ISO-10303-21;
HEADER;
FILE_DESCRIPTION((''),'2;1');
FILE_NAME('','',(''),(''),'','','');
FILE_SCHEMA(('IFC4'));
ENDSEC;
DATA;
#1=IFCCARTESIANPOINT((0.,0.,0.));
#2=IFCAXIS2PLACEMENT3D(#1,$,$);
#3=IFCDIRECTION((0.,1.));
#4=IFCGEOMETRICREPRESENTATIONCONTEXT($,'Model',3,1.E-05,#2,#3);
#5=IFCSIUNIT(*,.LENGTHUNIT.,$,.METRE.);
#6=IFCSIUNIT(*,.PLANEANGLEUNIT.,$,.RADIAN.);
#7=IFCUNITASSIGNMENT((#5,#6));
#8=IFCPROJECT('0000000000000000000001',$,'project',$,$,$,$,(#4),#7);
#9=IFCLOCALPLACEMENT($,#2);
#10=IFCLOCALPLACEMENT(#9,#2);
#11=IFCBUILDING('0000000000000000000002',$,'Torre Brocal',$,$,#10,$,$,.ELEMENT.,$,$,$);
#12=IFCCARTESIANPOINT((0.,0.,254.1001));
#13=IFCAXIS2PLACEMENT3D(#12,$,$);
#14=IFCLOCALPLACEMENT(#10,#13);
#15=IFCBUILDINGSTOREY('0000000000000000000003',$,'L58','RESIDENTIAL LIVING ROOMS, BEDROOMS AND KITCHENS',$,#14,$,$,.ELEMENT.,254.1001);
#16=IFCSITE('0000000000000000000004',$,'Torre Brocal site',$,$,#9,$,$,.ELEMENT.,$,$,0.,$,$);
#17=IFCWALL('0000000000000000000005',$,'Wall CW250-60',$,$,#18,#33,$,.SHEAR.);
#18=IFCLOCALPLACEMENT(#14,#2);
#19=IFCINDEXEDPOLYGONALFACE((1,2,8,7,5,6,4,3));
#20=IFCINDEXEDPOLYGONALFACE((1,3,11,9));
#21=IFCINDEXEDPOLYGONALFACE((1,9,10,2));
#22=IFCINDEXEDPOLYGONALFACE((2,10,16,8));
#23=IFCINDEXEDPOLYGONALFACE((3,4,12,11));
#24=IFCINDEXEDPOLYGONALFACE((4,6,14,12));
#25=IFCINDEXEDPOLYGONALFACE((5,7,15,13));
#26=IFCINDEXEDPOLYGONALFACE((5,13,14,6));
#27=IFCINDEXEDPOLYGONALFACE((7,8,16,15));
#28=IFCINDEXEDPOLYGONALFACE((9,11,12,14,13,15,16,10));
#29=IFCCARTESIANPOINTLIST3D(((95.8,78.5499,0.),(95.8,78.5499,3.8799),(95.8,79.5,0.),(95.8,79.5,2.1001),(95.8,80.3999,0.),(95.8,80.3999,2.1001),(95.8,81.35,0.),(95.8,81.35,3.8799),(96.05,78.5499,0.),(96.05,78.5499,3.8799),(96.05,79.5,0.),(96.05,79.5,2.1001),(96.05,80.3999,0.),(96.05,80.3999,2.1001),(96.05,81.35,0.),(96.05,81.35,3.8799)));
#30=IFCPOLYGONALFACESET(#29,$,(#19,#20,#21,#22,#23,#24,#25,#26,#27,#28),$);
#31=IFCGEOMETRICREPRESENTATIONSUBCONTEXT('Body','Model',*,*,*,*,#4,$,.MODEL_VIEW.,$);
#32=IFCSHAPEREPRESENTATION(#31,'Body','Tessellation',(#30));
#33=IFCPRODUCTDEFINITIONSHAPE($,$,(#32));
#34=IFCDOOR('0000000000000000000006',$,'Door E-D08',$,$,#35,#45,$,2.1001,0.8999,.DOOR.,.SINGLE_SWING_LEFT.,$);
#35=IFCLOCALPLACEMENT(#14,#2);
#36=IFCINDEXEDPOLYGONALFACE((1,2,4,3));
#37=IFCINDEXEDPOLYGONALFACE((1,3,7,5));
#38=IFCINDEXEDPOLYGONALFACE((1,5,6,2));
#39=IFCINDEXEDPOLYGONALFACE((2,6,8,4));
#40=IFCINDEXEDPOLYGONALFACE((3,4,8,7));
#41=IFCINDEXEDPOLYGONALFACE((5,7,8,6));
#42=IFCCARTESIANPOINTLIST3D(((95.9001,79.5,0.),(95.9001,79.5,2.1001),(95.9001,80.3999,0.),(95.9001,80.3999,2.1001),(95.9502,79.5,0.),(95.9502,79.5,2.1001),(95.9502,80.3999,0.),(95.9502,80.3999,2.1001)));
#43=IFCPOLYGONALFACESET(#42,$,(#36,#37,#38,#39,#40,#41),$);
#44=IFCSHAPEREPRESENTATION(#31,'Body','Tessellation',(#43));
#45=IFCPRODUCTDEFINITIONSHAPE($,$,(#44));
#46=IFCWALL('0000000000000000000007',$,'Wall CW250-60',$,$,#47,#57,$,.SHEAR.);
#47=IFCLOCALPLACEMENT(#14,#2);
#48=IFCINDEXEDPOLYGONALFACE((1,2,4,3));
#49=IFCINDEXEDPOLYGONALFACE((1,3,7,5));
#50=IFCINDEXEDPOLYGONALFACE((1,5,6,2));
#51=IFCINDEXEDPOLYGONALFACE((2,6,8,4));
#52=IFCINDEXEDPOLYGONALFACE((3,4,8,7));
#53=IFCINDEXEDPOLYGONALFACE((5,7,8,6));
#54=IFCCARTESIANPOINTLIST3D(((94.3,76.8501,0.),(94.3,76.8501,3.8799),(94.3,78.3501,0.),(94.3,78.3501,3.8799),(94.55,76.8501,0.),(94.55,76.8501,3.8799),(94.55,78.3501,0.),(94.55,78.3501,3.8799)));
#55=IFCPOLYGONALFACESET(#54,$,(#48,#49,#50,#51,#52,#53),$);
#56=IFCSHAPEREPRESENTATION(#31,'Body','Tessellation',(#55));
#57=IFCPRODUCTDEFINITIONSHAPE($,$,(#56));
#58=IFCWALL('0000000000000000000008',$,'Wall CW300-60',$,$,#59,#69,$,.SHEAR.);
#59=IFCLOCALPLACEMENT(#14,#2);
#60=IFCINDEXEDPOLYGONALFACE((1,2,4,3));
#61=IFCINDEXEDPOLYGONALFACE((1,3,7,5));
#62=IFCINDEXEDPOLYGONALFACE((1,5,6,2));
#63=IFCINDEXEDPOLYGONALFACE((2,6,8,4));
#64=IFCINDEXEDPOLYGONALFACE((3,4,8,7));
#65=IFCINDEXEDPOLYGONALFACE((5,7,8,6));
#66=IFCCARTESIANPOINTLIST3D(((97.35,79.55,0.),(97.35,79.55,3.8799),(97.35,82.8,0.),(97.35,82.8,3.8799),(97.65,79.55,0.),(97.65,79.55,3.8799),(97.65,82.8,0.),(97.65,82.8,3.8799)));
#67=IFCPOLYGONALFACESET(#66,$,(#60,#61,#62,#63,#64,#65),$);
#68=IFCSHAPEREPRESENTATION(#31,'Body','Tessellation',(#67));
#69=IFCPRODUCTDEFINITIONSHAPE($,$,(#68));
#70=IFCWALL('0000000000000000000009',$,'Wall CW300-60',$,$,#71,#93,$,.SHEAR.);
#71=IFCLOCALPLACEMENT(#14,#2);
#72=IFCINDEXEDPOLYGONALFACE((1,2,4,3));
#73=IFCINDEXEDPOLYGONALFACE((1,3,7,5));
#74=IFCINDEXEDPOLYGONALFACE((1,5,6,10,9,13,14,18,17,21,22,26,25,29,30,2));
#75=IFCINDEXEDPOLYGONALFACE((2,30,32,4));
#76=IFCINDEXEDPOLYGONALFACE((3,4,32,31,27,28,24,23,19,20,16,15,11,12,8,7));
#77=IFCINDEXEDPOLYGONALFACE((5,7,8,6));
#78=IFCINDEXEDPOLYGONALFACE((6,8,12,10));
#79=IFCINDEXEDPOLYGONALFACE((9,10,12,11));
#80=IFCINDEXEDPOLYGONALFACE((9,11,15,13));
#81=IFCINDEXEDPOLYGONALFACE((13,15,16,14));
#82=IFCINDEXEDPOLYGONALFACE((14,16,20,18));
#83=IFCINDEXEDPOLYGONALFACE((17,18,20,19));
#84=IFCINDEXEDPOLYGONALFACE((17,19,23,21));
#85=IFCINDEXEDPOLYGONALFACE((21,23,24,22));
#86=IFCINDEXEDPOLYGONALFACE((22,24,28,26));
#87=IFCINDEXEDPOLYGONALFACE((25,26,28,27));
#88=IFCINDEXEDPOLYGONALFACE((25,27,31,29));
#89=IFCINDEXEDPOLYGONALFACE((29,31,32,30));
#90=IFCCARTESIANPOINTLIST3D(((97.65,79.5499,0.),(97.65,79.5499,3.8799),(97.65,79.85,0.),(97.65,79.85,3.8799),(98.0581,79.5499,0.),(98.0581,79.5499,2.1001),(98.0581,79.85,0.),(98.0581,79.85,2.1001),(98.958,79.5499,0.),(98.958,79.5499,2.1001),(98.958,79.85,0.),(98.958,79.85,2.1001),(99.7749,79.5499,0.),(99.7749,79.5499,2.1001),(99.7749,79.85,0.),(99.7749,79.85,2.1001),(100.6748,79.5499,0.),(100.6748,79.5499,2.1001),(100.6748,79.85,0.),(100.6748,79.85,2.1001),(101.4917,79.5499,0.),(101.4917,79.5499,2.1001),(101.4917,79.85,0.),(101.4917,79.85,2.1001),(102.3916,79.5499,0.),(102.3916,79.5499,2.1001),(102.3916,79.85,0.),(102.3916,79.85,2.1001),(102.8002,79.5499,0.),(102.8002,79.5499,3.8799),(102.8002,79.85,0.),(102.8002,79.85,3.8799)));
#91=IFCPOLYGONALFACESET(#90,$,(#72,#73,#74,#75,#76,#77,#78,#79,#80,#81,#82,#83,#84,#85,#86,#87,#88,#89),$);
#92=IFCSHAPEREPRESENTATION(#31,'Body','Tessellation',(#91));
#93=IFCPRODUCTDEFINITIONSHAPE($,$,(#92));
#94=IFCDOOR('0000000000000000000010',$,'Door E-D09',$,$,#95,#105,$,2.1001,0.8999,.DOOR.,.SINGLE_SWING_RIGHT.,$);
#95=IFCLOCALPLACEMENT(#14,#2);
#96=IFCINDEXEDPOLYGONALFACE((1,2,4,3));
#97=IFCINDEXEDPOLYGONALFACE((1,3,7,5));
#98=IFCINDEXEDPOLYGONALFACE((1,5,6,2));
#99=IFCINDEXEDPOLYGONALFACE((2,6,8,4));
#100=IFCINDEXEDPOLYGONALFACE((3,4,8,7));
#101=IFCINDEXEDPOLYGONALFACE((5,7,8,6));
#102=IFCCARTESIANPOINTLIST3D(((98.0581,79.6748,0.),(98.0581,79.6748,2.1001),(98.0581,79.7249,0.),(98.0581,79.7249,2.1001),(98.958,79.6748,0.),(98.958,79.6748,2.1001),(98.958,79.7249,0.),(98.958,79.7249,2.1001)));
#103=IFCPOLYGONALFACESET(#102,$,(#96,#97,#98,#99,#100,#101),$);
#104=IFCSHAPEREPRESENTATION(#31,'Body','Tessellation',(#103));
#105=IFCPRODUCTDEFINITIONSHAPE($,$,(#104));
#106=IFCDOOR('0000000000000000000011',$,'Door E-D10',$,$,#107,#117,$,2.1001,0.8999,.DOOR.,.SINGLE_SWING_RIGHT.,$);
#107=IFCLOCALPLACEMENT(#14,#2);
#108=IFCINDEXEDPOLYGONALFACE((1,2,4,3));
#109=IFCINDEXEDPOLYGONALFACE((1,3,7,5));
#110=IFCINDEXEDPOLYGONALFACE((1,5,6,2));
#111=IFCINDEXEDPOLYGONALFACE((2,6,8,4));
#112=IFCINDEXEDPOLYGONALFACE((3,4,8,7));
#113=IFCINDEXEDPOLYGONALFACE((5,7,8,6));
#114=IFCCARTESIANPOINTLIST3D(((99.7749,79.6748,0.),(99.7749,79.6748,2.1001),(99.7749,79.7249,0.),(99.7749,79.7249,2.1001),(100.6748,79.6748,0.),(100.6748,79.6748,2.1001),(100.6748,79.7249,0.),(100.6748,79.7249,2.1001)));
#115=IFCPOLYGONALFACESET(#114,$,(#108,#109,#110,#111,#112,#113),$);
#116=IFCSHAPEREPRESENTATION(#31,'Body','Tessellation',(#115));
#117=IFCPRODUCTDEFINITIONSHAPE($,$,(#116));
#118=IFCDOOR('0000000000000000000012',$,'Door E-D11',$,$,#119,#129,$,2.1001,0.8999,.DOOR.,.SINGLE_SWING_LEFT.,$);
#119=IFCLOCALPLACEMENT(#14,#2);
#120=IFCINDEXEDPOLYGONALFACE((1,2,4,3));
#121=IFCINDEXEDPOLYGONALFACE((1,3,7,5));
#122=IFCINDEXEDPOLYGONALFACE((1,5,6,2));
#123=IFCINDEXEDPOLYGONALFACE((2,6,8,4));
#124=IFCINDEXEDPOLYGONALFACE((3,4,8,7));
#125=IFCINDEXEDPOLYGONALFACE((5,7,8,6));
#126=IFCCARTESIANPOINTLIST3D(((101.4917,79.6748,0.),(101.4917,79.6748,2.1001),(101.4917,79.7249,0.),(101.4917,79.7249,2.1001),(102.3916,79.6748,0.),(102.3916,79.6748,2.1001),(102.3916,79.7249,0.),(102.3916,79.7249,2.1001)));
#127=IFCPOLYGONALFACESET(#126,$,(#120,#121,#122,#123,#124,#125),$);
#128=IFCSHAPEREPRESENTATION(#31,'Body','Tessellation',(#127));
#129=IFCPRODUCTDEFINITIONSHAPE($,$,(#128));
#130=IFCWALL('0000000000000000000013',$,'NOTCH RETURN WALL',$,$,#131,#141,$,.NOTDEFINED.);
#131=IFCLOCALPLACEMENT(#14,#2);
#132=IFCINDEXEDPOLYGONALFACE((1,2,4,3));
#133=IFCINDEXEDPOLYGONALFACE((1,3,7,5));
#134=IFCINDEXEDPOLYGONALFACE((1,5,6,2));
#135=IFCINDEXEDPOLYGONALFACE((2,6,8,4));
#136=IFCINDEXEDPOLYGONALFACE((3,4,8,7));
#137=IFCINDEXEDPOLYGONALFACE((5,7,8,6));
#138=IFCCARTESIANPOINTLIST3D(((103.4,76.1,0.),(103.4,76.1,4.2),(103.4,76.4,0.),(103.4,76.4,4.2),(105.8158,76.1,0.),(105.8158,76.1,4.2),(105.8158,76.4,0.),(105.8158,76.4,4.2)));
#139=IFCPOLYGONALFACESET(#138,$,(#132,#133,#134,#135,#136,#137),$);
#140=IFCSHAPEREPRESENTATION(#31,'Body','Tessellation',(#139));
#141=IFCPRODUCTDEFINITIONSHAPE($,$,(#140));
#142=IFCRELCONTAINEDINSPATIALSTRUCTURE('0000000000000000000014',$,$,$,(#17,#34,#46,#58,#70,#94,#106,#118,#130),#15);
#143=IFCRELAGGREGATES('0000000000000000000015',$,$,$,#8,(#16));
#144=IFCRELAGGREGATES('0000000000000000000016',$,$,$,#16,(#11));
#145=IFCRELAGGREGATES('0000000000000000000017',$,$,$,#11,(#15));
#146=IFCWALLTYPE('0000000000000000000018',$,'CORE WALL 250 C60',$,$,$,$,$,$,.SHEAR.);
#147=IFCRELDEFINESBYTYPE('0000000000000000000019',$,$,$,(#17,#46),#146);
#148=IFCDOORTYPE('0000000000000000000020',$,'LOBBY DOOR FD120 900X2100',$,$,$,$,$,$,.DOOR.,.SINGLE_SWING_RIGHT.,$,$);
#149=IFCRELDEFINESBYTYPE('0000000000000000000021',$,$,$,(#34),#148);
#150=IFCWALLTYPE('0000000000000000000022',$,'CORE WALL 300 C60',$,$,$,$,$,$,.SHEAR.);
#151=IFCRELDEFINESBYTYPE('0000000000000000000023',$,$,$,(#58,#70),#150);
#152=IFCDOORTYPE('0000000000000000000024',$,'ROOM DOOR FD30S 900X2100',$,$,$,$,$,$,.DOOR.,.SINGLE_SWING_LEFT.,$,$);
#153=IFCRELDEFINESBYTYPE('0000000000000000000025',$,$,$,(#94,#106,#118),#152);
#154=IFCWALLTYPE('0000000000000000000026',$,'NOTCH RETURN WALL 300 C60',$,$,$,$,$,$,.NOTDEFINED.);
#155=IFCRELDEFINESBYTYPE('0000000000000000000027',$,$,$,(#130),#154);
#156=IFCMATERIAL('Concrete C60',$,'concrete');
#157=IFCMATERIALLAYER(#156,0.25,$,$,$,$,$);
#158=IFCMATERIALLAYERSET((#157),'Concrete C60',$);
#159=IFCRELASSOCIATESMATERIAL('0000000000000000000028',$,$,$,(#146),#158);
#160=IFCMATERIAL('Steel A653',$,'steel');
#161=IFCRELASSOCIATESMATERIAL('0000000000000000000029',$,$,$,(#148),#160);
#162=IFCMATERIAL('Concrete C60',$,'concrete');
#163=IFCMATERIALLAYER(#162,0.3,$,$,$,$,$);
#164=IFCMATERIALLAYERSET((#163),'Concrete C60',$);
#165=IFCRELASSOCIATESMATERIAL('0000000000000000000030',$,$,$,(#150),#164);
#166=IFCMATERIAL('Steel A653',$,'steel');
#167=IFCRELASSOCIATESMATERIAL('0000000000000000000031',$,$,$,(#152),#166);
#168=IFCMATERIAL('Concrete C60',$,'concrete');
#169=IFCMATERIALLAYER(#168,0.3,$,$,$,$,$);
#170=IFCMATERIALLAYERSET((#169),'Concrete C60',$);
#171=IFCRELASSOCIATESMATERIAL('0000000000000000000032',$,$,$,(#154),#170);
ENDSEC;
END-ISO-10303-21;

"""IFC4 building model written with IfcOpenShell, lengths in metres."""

from ifc_helpers import new_model, si_unit, direction, frame, frame_2d, origin, place, context, subcontext, project, spatial, rectangle, extrude, material, layer, layer_set, type_object, element, fill, save


model = new_model("IFC4")

# Units and contexts
model_context = context("Model", 3, precision=1e-05, world=origin(), true_north=direction((0.0, 1.0)))
body_context = subcontext(model_context, "Body", "Model", "MODEL_VIEW")
ifc_project = project(units=[si_unit("LENGTHUNIT", "METRE"), si_unit("PLANEANGLEUNIT", "RADIAN")], contexts=[model_context])

# Site, building, storey
site_placement = place(None, origin())
site = spatial("IfcSite", under=ifc_project, at=site_placement, Name="Torre Brocal site", CompositionType="ELEMENT", RefElevation=0.0)
building_placement = place(site_placement, origin())
building = spatial("IfcBuilding", under=site, at=building_placement, Name="Torre Brocal", CompositionType="ELEMENT")
storey_placement = place(building_placement, frame((0.0, 0.0, 254.1001)))
storey = spatial("IfcBuildingStorey", under=building, at=storey_placement, Name="L58", Description="RESIDENTIAL LIVING ROOMS, BEDROOMS AND KITCHENS", CompositionType="ELEMENT", Elevation=254.1001)

# Wall, opening, door
ifc_material_1 = material(Name="Concrete C60", Category="concrete")
ifc_layer_1 = layer(ifc_material_1, 0.25)
ifc_layer_set_1 = layer_set([ifc_layer_1], Name="Concrete C60")
wall_type_1 = type_object("IfcWallType", Name="CORE WALL 250 C60", PredefinedType="SHEAR", material=ifc_layer_set_1)
wall_1_placement = place(storey_placement, frame((95.925, 78.55, 0.0), z_axis=(0.0, 0.0, 1.0), x_axis=(0.0, 1.0, 0.0)))
wall_1 = element("IfcWall", 1, at=wall_1_placement, inside=storey, type_object=wall_type_1, Name="Wall CW250-60", PredefinedType="SHEAR", context=body_context, shape_type="SweptSolid", body=[
    extrude(rectangle(XDim=2.8, YDim=0.25, at=frame_2d((1.3999, 0.0))), origin(), (0.0, 0.0, 1.0), 3.8799),
])
opening_1_placement = place(wall_1_placement, frame((0.95, 0.0, 0.0)))
opening_1 = element("IfcOpeningElement", 2, at=opening_1_placement, cuts=wall_1, PredefinedType="OPENING", context=body_context, shape_type="SweptSolid", body=[
    extrude(rectangle(XDim=0.8999, YDim=2.1001, at=frame_2d((0.45, 1.05))), frame((0.0, 0.135, 0.0), z_axis=(0.0, -1.0, 0.0), x_axis=(1.0, 0.0, 0.0)), (0.0, 0.0, 1.0), 0.27),
])
ifc_material_2 = material(Name="Steel A653", Category="steel")
door_type_1 = type_object("IfcDoorType", Name="LOBBY DOOR FD120 900X2100", OperationType="SINGLE_SWING_RIGHT", PredefinedType="DOOR", material=ifc_material_2)
door_1_placement = place(opening_1_placement, origin())
door_1 = element("IfcDoor", 3, at=door_1_placement, inside=storey, type_object=door_type_1, Name="Door E-D08", OperationType="SINGLE_SWING_LEFT", OverallHeight=2.1001, OverallWidth=0.8999, PredefinedType="DOOR", context=body_context, shape_type="SweptSolid", body=[
    extrude(rectangle(XDim=0.8999, YDim=2.1001, at=frame_2d((0.45, 1.05))), frame((0.0, 0.0249, 0.0), z_axis=(0.0, -1.0, 0.0), x_axis=(1.0, 0.0, 0.0)), (0.0, 0.0, 1.0), 0.05),
])
fill(opening_1, door_1)

# Walls
wall_2_placement = place(storey_placement, frame((94.425, 76.8501, 0.0), z_axis=(0.0, 0.0, 1.0), x_axis=(0.0, 1.0, 0.0)))
element("IfcWall", 4, at=wall_2_placement, inside=storey, type_object=wall_type_1, Name="Wall CW250-60", PredefinedType="SHEAR", context=body_context, shape_type="SweptSolid", body=[
    extrude(rectangle(XDim=1.5, YDim=0.25, at=frame_2d((0.75, 0.0))), origin(), (0.0, 0.0, 1.0), 3.8799),
])
ifc_material_3 = material(Name="Concrete C60", Category="concrete")
ifc_layer_2 = layer(ifc_material_3, 0.3)
ifc_layer_set_2 = layer_set([ifc_layer_2], Name="Concrete C60")
wall_type_2 = type_object("IfcWallType", Name="CORE WALL 300 C60", PredefinedType="SHEAR", material=ifc_layer_set_2)
wall_3_placement = place(storey_placement, frame((97.5, 79.55, 0.0), z_axis=(0.0, 0.0, 1.0), x_axis=(0.0, 1.0, 0.0)))
element("IfcWall", 5, at=wall_3_placement, inside=storey, type_object=wall_type_2, Name="Wall CW300-60", PredefinedType="SHEAR", context=body_context, shape_type="SweptSolid", body=[
    extrude(rectangle(XDim=3.25, YDim=0.3, at=frame_2d((1.625, 0.0))), origin(), (0.0, 0.0, 1.0), 3.8799),
])

# Wall, openings, doors
wall_4_placement = place(storey_placement, frame((97.6499, 79.7, 0.0), z_axis=(0.0, 0.0, 1.0), x_axis=(1.0, 0.0, 0.0)))
wall_4 = element("IfcWall", 6, at=wall_4_placement, inside=storey, type_object=wall_type_2, Name="Wall CW300-60", PredefinedType="SHEAR", context=body_context, shape_type="SweptSolid", body=[
    extrude(rectangle(XDim=5.1501, YDim=0.3, at=frame_2d((2.5752, 0.0))), origin(), (0.0, 0.0, 1.0), 3.8799),
])
opening_2_placement = place(wall_4_placement, frame((0.4082, 0.0, 0.0)))
opening_2 = element("IfcOpeningElement", 7, at=opening_2_placement, cuts=wall_4, PredefinedType="OPENING", context=body_context, shape_type="SweptSolid", body=[
    extrude(rectangle(XDim=0.8999, YDim=2.1001, at=frame_2d((0.45, 1.05))), frame((0.0, 0.1599, 0.0), z_axis=(0.0, -1.0, 0.0), x_axis=(1.0, 0.0, 0.0)), (0.0, 0.0, 1.0), 0.3201),
])
opening_3_placement = place(wall_4_placement, frame((2.125, 0.0, 0.0)))
opening_3 = element("IfcOpeningElement", 8, at=opening_3_placement, cuts=wall_4, PredefinedType="OPENING", context=body_context, shape_type="SweptSolid", body=[
    extrude(rectangle(XDim=0.8999, YDim=2.1001, at=frame_2d((0.45, 1.05))), frame((0.0, 0.1599, 0.0), z_axis=(0.0, -1.0, 0.0), x_axis=(1.0, 0.0, 0.0)), (0.0, 0.0, 1.0), 0.3201),
])
opening_4_placement = place(wall_4_placement, frame((3.8418, 0.0, 0.0)))
opening_4 = element("IfcOpeningElement", 9, at=opening_4_placement, cuts=wall_4, PredefinedType="OPENING", context=body_context, shape_type="SweptSolid", body=[
    extrude(rectangle(XDim=0.8999, YDim=2.1001, at=frame_2d((0.45, 1.05))), frame((0.0, 0.1599, 0.0), z_axis=(0.0, -1.0, 0.0), x_axis=(1.0, 0.0, 0.0)), (0.0, 0.0, 1.0), 0.3201),
])
ifc_material_4 = material(Name="Steel A653", Category="steel")
door_type_2 = type_object("IfcDoorType", Name="ROOM DOOR FD30S 900X2100", OperationType="SINGLE_SWING_LEFT", PredefinedType="DOOR", material=ifc_material_4)
door_2_placement = place(opening_2_placement, origin())
door_2 = element("IfcDoor", 10, at=door_2_placement, inside=storey, type_object=door_type_2, Name="Door E-D09", OperationType="SINGLE_SWING_RIGHT", OverallHeight=2.1001, OverallWidth=0.8999, PredefinedType="DOOR", context=body_context, shape_type="SweptSolid", body=[
    extrude(rectangle(XDim=0.8999, YDim=2.1001, at=frame_2d((0.45, 1.05))), frame((0.0, 0.0249, 0.0), z_axis=(0.0, -1.0, 0.0), x_axis=(1.0, 0.0, 0.0)), (0.0, 0.0, 1.0), 0.05),
])
fill(opening_2, door_2)
door_3_placement = place(opening_3_placement, origin())
door_3 = element("IfcDoor", 11, at=door_3_placement, inside=storey, type_object=door_type_2, Name="Door E-D10", OperationType="SINGLE_SWING_RIGHT", OverallHeight=2.1001, OverallWidth=0.8999, PredefinedType="DOOR", context=body_context, shape_type="SweptSolid", body=[
    extrude(rectangle(XDim=0.8999, YDim=2.1001, at=frame_2d((0.45, 1.05))), frame((0.0, 0.0249, 0.0), z_axis=(0.0, -1.0, 0.0), x_axis=(1.0, 0.0, 0.0)), (0.0, 0.0, 1.0), 0.05),
])
fill(opening_3, door_3)
door_4_placement = place(opening_4_placement, origin())
door_4 = element("IfcDoor", 12, at=door_4_placement, inside=storey, type_object=door_type_2, Name="Door E-D11", OperationType="SINGLE_SWING_LEFT", OverallHeight=2.1001, OverallWidth=0.8999, PredefinedType="DOOR", context=body_context, shape_type="SweptSolid", body=[
    extrude(rectangle(XDim=0.8999, YDim=2.1001, at=frame_2d((0.45, 1.05))), frame((0.0, 0.0249, 0.0), z_axis=(0.0, -1.0, 0.0), x_axis=(1.0, 0.0, 0.0)), (0.0, 0.0, 1.0), 0.05),
])
fill(opening_4, door_4)

# Wall
ifc_material_5 = material(Name="Concrete C60", Category="concrete")
ifc_layer_3 = layer(ifc_material_5, 0.3)
ifc_layer_set_3 = layer_set([ifc_layer_3], Name="Concrete C60")
wall_type_3 = type_object("IfcWallType", Name="NOTCH RETURN WALL 300 C60", PredefinedType="NOTDEFINED", material=ifc_layer_set_3)
wall_5_placement = place(storey_placement, frame((103.3999, 76.25, 0.0), z_axis=(0.0, 0.0, 1.0), x_axis=(1.0, 0.0, 0.0)))
element("IfcWall", 13, at=wall_5_placement, inside=storey, type_object=wall_type_3, Name="NOTCH RETURN WALL", PredefinedType="NOTDEFINED", context=body_context, shape_type="SweptSolid", body=[
    extrude(rectangle(XDim=2.4158, YDim=0.3, at=frame_2d((1.208, 0.0))), origin(), (0.0, 0.0, 1.0), 4.2),
])

save(model, "model.ifc")
